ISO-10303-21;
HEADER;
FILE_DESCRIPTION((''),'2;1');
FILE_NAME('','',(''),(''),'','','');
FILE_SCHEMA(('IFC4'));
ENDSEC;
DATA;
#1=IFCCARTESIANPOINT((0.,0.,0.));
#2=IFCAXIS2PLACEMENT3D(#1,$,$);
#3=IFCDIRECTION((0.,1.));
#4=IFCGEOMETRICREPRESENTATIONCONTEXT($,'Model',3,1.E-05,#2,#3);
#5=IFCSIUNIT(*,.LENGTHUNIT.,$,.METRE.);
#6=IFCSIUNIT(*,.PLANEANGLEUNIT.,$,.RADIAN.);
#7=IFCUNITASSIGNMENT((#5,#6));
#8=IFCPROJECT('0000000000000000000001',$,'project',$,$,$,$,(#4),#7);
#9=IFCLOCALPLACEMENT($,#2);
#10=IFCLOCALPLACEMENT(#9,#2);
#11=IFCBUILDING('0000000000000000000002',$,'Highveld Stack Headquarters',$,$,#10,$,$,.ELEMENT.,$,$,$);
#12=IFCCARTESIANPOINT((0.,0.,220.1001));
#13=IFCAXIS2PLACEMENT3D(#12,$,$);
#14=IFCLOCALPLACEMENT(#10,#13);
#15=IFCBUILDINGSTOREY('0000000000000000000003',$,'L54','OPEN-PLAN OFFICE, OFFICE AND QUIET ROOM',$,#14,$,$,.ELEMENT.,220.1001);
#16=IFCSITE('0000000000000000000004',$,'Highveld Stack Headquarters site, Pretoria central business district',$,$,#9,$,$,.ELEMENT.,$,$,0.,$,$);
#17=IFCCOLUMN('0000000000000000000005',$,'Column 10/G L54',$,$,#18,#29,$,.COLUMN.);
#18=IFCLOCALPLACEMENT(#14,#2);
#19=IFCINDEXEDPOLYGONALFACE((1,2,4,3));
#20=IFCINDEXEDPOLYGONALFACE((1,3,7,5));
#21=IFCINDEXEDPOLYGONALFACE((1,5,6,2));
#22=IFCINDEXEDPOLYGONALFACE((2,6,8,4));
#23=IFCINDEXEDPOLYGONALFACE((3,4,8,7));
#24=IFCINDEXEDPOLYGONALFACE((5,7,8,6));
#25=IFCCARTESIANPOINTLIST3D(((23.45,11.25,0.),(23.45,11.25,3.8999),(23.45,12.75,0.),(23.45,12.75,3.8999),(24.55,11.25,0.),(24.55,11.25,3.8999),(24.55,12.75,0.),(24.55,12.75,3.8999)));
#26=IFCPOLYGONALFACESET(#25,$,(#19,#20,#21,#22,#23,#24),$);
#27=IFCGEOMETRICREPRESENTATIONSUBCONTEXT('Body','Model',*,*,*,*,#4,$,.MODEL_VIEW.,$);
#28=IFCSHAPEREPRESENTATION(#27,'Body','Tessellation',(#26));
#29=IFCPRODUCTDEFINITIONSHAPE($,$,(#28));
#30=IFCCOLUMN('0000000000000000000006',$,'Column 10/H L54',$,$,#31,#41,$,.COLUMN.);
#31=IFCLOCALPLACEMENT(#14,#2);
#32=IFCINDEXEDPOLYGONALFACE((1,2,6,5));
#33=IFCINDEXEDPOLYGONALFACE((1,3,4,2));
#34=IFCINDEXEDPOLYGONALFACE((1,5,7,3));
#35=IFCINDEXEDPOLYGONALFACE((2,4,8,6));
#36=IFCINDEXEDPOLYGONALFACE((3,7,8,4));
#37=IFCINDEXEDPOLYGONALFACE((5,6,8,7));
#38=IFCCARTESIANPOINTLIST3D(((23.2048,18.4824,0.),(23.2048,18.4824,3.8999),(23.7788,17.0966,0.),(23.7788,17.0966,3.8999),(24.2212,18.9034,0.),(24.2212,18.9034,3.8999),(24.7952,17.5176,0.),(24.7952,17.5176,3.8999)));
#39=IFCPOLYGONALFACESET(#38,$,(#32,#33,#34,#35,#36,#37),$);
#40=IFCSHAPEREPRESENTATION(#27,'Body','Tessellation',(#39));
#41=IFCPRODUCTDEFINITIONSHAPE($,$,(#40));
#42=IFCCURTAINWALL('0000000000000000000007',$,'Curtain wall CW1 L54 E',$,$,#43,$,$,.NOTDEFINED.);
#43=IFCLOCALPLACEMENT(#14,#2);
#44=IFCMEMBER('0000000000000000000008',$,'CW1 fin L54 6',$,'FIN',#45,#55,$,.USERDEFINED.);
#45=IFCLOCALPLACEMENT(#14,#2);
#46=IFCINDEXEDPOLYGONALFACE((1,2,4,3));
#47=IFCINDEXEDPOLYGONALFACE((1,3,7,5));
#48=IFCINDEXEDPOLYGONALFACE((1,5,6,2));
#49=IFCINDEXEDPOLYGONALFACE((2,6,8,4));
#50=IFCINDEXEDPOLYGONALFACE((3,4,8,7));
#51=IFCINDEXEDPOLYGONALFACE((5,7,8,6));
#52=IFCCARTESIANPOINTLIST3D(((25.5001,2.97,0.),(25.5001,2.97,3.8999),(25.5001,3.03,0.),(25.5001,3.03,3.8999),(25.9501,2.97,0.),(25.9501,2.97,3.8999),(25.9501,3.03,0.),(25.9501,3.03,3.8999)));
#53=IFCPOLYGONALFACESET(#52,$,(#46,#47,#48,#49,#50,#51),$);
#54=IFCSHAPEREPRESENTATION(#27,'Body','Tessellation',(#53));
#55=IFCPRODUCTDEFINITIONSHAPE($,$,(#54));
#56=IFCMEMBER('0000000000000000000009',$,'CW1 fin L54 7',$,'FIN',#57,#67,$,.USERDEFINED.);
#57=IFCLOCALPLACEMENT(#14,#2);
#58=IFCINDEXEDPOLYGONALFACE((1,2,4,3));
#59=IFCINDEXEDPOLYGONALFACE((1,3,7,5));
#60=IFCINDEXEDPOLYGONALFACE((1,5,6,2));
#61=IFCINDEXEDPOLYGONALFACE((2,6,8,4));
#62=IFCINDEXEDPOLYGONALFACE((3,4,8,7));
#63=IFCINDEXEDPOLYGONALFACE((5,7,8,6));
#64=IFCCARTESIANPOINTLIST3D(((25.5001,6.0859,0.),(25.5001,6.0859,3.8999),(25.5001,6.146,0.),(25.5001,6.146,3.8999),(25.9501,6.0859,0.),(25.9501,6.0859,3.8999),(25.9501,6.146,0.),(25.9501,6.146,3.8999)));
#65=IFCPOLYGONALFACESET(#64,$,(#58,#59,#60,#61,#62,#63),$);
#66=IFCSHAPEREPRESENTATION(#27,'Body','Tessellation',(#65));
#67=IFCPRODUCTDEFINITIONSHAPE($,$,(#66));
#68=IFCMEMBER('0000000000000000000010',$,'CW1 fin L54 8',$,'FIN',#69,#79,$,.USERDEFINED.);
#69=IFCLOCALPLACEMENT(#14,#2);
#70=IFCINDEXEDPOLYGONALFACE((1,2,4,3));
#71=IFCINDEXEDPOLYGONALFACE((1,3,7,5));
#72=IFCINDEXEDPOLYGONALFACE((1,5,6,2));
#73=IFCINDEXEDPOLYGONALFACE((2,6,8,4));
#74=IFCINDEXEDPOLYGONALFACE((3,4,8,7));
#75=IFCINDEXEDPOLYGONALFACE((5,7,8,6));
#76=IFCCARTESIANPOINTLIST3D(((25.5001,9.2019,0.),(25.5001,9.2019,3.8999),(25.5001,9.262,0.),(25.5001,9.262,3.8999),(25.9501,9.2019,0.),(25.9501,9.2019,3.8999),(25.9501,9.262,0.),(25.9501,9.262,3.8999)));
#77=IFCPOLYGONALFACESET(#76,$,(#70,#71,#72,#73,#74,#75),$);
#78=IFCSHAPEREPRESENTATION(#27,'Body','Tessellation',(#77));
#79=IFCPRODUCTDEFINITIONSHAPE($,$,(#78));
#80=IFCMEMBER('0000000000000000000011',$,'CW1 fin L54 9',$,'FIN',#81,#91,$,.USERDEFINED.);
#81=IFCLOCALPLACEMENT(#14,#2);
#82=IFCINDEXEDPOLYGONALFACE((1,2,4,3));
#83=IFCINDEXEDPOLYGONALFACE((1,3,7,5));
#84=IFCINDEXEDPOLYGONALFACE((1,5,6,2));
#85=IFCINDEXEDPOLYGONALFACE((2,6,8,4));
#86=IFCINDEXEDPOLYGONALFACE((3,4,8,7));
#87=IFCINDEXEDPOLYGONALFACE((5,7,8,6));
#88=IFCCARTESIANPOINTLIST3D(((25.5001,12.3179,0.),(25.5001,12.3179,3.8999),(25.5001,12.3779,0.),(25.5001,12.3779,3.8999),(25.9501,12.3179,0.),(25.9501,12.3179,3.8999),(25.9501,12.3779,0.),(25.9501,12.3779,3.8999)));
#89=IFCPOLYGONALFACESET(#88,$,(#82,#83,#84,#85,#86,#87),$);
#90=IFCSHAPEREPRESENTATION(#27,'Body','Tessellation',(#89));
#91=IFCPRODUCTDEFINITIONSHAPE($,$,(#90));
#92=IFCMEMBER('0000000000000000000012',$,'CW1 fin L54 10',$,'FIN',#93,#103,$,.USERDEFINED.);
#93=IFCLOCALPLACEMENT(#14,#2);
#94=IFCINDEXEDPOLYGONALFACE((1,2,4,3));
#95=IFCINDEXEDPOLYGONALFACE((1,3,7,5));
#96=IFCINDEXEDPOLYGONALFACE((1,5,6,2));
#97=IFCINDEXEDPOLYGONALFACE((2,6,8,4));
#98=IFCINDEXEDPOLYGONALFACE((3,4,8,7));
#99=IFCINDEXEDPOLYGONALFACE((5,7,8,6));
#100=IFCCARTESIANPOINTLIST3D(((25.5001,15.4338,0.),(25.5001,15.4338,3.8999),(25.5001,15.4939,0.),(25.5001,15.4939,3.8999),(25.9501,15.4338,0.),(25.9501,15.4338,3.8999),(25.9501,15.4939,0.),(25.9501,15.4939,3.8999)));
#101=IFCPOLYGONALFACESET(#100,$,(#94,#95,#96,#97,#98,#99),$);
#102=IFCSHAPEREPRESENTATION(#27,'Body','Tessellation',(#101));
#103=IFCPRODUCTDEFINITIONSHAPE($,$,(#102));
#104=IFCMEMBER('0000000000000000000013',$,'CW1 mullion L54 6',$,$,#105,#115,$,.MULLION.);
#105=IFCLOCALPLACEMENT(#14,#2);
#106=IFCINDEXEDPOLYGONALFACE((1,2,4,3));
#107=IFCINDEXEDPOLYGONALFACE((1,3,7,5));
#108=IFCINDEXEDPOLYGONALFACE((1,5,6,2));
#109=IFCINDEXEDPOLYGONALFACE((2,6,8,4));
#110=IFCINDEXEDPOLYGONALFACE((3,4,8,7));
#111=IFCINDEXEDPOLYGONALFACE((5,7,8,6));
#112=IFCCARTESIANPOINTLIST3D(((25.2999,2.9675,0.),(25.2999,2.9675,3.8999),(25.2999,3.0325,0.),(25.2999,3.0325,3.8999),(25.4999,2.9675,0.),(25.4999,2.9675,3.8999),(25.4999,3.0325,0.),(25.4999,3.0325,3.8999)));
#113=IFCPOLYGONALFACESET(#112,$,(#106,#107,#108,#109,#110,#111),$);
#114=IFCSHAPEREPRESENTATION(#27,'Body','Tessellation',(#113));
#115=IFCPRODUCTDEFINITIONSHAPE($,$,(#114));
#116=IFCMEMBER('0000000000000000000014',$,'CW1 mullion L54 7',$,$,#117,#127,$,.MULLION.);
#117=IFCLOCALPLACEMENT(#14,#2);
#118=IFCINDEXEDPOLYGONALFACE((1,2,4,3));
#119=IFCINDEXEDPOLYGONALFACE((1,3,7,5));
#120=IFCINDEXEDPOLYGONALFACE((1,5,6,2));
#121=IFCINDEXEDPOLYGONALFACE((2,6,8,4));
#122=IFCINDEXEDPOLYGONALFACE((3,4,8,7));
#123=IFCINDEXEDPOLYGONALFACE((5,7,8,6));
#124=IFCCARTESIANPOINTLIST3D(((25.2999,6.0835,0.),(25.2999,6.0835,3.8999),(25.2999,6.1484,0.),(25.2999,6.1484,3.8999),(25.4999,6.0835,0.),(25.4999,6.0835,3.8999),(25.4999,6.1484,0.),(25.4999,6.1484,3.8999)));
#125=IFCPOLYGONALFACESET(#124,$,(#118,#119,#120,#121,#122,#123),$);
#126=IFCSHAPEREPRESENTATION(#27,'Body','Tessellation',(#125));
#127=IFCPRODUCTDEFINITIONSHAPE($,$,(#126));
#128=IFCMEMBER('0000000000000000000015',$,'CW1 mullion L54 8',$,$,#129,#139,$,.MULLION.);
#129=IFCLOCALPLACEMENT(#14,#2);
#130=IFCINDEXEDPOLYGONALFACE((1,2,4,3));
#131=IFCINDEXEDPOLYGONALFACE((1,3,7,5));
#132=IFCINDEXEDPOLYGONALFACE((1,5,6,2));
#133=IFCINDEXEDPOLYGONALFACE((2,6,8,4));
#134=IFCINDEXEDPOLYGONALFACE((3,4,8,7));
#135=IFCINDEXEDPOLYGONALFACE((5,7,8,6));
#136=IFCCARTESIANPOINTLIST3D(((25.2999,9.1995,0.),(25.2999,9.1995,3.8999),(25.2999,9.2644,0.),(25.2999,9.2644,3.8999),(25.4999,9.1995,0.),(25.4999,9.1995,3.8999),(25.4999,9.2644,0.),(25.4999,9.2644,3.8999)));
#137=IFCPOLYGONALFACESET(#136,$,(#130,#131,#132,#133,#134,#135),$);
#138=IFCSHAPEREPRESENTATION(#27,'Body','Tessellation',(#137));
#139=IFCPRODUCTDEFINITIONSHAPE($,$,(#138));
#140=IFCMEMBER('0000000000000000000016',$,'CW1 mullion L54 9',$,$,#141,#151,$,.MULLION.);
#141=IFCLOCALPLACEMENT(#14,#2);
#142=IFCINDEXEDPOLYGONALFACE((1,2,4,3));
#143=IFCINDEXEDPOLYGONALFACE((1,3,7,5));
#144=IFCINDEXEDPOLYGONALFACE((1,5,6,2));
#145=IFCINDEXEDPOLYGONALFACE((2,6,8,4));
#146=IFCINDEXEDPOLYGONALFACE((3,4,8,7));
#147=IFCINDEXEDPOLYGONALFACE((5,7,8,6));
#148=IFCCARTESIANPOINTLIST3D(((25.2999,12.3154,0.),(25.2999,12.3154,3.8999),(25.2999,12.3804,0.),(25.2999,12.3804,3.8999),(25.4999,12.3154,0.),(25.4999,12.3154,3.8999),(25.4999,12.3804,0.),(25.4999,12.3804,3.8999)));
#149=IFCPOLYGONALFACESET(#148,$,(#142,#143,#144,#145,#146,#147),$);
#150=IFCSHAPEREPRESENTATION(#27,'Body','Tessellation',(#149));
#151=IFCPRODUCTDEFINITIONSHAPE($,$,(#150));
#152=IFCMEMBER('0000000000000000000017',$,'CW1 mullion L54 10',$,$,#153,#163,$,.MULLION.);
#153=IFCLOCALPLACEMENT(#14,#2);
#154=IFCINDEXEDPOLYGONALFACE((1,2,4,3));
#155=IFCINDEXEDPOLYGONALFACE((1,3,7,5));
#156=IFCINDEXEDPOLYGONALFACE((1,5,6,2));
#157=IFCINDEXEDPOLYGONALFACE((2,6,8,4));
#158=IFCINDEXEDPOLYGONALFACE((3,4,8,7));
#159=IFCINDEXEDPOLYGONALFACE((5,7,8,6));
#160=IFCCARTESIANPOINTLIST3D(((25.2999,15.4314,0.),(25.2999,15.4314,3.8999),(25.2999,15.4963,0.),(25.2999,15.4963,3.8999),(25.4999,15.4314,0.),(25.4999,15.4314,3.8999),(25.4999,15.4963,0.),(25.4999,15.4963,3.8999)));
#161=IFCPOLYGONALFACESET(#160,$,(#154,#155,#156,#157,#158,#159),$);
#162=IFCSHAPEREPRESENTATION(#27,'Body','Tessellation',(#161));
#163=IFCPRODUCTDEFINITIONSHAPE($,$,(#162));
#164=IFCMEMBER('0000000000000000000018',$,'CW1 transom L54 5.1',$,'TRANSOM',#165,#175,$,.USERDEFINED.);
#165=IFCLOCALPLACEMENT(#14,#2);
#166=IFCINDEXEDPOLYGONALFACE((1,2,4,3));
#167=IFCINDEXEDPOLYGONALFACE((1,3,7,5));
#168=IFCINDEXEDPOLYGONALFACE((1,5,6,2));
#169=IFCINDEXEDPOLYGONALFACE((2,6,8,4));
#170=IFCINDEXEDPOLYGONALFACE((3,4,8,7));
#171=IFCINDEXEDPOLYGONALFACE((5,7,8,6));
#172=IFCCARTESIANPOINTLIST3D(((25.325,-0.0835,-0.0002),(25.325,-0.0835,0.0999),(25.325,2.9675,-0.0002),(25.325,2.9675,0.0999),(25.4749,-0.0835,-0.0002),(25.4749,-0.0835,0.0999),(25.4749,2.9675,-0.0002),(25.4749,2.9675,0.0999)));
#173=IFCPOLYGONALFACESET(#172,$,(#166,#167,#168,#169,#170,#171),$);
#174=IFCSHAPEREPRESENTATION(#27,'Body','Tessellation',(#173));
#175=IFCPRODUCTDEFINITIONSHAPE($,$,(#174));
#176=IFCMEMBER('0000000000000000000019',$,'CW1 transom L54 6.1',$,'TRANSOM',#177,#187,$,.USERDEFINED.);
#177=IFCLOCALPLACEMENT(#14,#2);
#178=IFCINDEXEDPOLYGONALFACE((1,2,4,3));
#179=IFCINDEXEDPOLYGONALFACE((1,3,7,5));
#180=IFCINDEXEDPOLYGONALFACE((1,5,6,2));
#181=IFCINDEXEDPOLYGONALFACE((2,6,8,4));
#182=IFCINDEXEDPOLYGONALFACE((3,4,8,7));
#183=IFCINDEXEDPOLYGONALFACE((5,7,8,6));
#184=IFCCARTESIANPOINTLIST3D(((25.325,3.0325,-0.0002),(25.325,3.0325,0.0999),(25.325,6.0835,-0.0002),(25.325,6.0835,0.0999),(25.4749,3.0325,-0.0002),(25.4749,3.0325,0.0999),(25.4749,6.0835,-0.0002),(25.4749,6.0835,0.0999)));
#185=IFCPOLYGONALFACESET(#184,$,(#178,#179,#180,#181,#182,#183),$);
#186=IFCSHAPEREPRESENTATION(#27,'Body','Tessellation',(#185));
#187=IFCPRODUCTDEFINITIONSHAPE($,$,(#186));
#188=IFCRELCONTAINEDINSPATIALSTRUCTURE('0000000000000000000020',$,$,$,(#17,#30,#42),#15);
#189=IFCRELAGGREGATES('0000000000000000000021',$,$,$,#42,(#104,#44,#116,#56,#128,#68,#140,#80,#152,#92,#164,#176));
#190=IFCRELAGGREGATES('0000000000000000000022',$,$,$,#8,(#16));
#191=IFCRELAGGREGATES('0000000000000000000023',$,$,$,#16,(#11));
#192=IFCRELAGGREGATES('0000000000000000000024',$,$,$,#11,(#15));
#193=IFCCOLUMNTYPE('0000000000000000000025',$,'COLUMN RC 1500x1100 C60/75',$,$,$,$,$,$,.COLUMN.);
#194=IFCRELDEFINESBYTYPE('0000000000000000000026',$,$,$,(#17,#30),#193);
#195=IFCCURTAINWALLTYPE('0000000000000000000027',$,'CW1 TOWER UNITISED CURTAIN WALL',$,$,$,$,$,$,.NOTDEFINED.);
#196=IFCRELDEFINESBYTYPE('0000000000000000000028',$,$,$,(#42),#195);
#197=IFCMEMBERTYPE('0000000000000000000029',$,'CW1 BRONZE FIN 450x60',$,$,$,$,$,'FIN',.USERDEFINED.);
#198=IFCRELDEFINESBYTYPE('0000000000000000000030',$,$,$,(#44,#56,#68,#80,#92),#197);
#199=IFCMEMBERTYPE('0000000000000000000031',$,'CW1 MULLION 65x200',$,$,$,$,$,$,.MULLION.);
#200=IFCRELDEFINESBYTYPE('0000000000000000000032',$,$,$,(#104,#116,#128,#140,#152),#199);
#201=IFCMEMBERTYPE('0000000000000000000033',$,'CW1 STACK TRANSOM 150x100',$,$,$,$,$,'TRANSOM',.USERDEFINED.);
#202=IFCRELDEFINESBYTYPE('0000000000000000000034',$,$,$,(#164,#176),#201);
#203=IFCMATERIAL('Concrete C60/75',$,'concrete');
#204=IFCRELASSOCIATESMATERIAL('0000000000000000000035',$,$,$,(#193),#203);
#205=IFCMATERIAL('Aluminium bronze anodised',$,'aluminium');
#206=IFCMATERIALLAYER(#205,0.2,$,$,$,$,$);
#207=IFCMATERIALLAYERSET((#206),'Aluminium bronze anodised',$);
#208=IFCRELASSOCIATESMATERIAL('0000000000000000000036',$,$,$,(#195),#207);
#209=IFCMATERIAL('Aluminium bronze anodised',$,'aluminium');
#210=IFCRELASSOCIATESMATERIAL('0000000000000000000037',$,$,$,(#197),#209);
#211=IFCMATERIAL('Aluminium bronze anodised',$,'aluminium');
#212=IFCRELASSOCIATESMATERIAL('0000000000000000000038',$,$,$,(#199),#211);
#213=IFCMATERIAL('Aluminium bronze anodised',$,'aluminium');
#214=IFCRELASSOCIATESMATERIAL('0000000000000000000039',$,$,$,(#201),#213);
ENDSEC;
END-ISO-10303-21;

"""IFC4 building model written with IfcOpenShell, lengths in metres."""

from ifc_helpers import new_model, si_unit, direction, frame, origin, origin_2d, place, context, subcontext, project, spatial, rectangle, extrude, material, layer, layer_set, material_profile, profile_set, type_object, element, aggregate, save


model = new_model("IFC4")

# Units and contexts
model_context = context("Model", 3, precision=1e-05, world=origin(), true_north=direction((0.0, 1.0)))
body_context = subcontext(model_context, "Body", "Model", "MODEL_VIEW")
ifc_project = project(units=[si_unit("LENGTHUNIT", "METRE"), si_unit("PLANEANGLEUNIT", "RADIAN")], contexts=[model_context])

# Site, building, storey
site_placement = place(None, origin())
site = spatial("IfcSite", under=ifc_project, at=site_placement, Name="Highveld Stack Headquarters site, Pretoria central business district", CompositionType="ELEMENT", RefElevation=0.0)
building_placement = place(site_placement, origin())
building = spatial("IfcBuilding", under=site, at=building_placement, Name="Highveld Stack Headquarters", CompositionType="ELEMENT")
storey_placement = place(building_placement, frame((0.0, 0.0, 220.1001)))
storey = spatial("IfcBuildingStorey", under=building, at=storey_placement, Name="L54", Description="OPEN-PLAN OFFICE, OFFICE AND QUIET ROOM", CompositionType="ELEMENT", Elevation=220.1001)

# Columns
ifc_material_1 = material(Name="Concrete C60/75", Category="concrete")
ifc_material_profile_1 = material_profile(ifc_material_1, rectangle(XDim=1.5, YDim=1.1001, at=origin_2d()), Name="RC 1500x1100")
ifc_profile_set_1 = profile_set([ifc_material_profile_1], Name="Concrete C60/75")
column_type = type_object("IfcColumnType", Name="COLUMN RC 1500x1100 C60/75", PredefinedType="COLUMN", material=ifc_profile_set_1)
for number, where, z_axis, x_axis, name in (
    (1, (24.0, 12.0, 0.0), (0.0, 0.0, 1.0), (0.0, 1.0, 0.0), "Column 10/G L54"),
    (2, (24.0, 18.0, 0.0), (0.0, 0.0, 1.0), (0.382683, -0.92388, 0.0), "Column 10/H L54"),
):
    element("IfcColumn", number, at=place(storey_placement, frame(where, z_axis=z_axis, x_axis=x_axis)), inside=storey, type_object=column_type, Name=name, PredefinedType="COLUMN", context=body_context, shape_type="SweptSolid", body=[
        extrude(rectangle(XDim=1.5, YDim=1.1001, at=origin_2d()), origin(), (0.0, 0.0, 1.0), 3.8999),
    ])

# Curtain wall, members
ifc_material_2 = material(Name="Aluminium bronze anodised", Category="aluminium")
ifc_layer_1 = layer(ifc_material_2, 0.2)
ifc_layer_set_1 = layer_set([ifc_layer_1], Name="Aluminium bronze anodised")
curtain_wall_type = type_object("IfcCurtainWallType", Name="CW1 TOWER UNITISED CURTAIN WALL", PredefinedType="NOTDEFINED", material=ifc_layer_set_1)
curtain_wall_placement = place(storey_placement, origin())
curtain_wall = element("IfcCurtainWall", 3, at=curtain_wall_placement, inside=storey, type_object=curtain_wall_type, Name="Curtain wall CW1 L54 E", PredefinedType="NOTDEFINED")
ifc_material_3 = material(Name="Aluminium bronze anodised", Category="aluminium")
ifc_material_profile_2 = material_profile(ifc_material_3, rectangle(XDim=0.45, YDim=0.0601, at=origin_2d()), Name="FIN 450x60")
ifc_profile_set_2 = profile_set([ifc_material_profile_2], Name="Aluminium bronze anodised")
member_type_1 = type_object("IfcMemberType", Name="CW1 BRONZE FIN 450x60", ElementType="FIN", PredefinedType="USERDEFINED", material=ifc_profile_set_2)
member_1_placement = place(storey_placement, frame((25.7251, 3.0, 0.0), z_axis=(0.0, 0.0, 1.0), x_axis=(-1.0, 0.0, 0.0)))
member_1 = element("IfcMember", 4, at=member_1_placement, type_object=member_type_1, Name="CW1 fin L54 6", ObjectType="FIN", PredefinedType="USERDEFINED", context=body_context, shape_type="SweptSolid", body=[
    extrude(rectangle(XDim=0.45, YDim=0.0601, at=origin_2d()), origin(), (0.0, 0.0, 1.0), 3.8999),
])
member_2_placement = place(storey_placement, frame((25.7251, 6.116, 0.0), z_axis=(0.0, 0.0, 1.0), x_axis=(-1.0, 0.0, 0.0)))
member_2 = element("IfcMember", 5, at=member_2_placement, type_object=member_type_1, Name="CW1 fin L54 7", ObjectType="FIN", PredefinedType="USERDEFINED", context=body_context, shape_type="SweptSolid", body=[
    extrude(rectangle(XDim=0.45, YDim=0.0601, at=origin_2d()), origin(), (0.0, 0.0, 1.0), 3.8999),
])
member_3_placement = place(storey_placement, frame((25.7251, 9.2319, 0.0), z_axis=(0.0, 0.0, 1.0), x_axis=(-1.0, 0.0, 0.0)))
member_3 = element("IfcMember", 6, at=member_3_placement, type_object=member_type_1, Name="CW1 fin L54 8", ObjectType="FIN", PredefinedType="USERDEFINED", context=body_context, shape_type="SweptSolid", body=[
    extrude(rectangle(XDim=0.45, YDim=0.0601, at=origin_2d()), origin(), (0.0, 0.0, 1.0), 3.8999),
])
member_4_placement = place(storey_placement, frame((25.7251, 12.3479, 0.0), z_axis=(0.0, 0.0, 1.0), x_axis=(-1.0, 0.0, 0.0)))
member_4 = element("IfcMember", 7, at=member_4_placement, type_object=member_type_1, Name="CW1 fin L54 9", ObjectType="FIN", PredefinedType="USERDEFINED", context=body_context, shape_type="SweptSolid", body=[
    extrude(rectangle(XDim=0.45, YDim=0.0601, at=origin_2d()), origin(), (0.0, 0.0, 1.0), 3.8999),
])
member_5_placement = place(storey_placement, frame((25.7251, 15.4639, 0.0), z_axis=(0.0, 0.0, 1.0), x_axis=(-1.0, 0.0, 0.0)))
member_5 = element("IfcMember", 8, at=member_5_placement, type_object=member_type_1, Name="CW1 fin L54 10", ObjectType="FIN", PredefinedType="USERDEFINED", context=body_context, shape_type="SweptSolid", body=[
    extrude(rectangle(XDim=0.45, YDim=0.0601, at=origin_2d()), origin(), (0.0, 0.0, 1.0), 3.8999),
])
ifc_material_4 = material(Name="Aluminium bronze anodised", Category="aluminium")
ifc_material_profile_3 = material_profile(ifc_material_4, rectangle(XDim=0.2, YDim=0.0649, at=origin_2d()), Name="CW1 MULLION 65x200")
ifc_profile_set_3 = profile_set([ifc_material_profile_3], Name="Aluminium bronze anodised")
member_type_2 = type_object("IfcMemberType", Name="CW1 MULLION 65x200", PredefinedType="MULLION", material=ifc_profile_set_3)
member_6_placement = place(storey_placement, frame((25.3999, 3.0, 0.0), z_axis=(0.0, 0.0, 1.0), x_axis=(-1.0, 0.0, 0.0)))
member_6 = element("IfcMember", 9, at=member_6_placement, type_object=member_type_2, Name="CW1 mullion L54 6", PredefinedType="MULLION", context=body_context, shape_type="SweptSolid", body=[
    extrude(rectangle(XDim=0.2, YDim=0.0649, at=origin_2d()), origin(), (0.0, 0.0, 1.0), 3.8999),
])
member_7_placement = place(storey_placement, frame((25.3999, 6.116, 0.0), z_axis=(0.0, 0.0, 1.0), x_axis=(-1.0, 0.0, 0.0)))
member_7 = element("IfcMember", 10, at=member_7_placement, type_object=member_type_2, Name="CW1 mullion L54 7", PredefinedType="MULLION", context=body_context, shape_type="SweptSolid", body=[
    extrude(rectangle(XDim=0.2, YDim=0.0649, at=origin_2d()), origin(), (0.0, 0.0, 1.0), 3.8999),
])
member_8_placement = place(storey_placement, frame((25.3999, 9.2319, 0.0), z_axis=(0.0, 0.0, 1.0), x_axis=(-1.0, 0.0, 0.0)))
member_8 = element("IfcMember", 11, at=member_8_placement, type_object=member_type_2, Name="CW1 mullion L54 8", PredefinedType="MULLION", context=body_context, shape_type="SweptSolid", body=[
    extrude(rectangle(XDim=0.2, YDim=0.0649, at=origin_2d()), origin(), (0.0, 0.0, 1.0), 3.8999),
])
member_9_placement = place(storey_placement, frame((25.3999, 12.3479, 0.0), z_axis=(0.0, 0.0, 1.0), x_axis=(-1.0, 0.0, 0.0)))
member_9 = element("IfcMember", 12, at=member_9_placement, type_object=member_type_2, Name="CW1 mullion L54 9", PredefinedType="MULLION", context=body_context, shape_type="SweptSolid", body=[
    extrude(rectangle(XDim=0.2, YDim=0.0649, at=origin_2d()), origin(), (0.0, 0.0, 1.0), 3.8999),
])
member_10_placement = place(storey_placement, frame((25.3999, 15.4639, 0.0), z_axis=(0.0, 0.0, 1.0), x_axis=(-1.0, 0.0, 0.0)))
member_10 = element("IfcMember", 13, at=member_10_placement, type_object=member_type_2, Name="CW1 mullion L54 10", PredefinedType="MULLION", context=body_context, shape_type="SweptSolid", body=[
    extrude(rectangle(XDim=0.2, YDim=0.0649, at=origin_2d()), origin(), (0.0, 0.0, 1.0), 3.8999),
])
ifc_material_5 = material(Name="Aluminium bronze anodised", Category="aluminium")
ifc_material_profile_4 = material_profile(ifc_material_5, rectangle(XDim=0.1499, YDim=0.1001, at=origin_2d()), Name="CW1 TRANSOM 150x100")
ifc_profile_set_4 = profile_set([ifc_material_profile_4], Name="Aluminium bronze anodised")
member_type_3 = type_object("IfcMemberType", Name="CW1 STACK TRANSOM 150x100", ElementType="TRANSOM", PredefinedType="USERDEFINED", material=ifc_profile_set_4)
member_11_placement = place(storey_placement, frame((25.3999, -0.0835, 0.0498), z_axis=(0.0, 1.0, 0.0), x_axis=(-1.0, 0.0, 0.0)))
member_11 = element("IfcMember", 14, at=member_11_placement, type_object=member_type_3, Name="CW1 transom L54 5.1", ObjectType="TRANSOM", PredefinedType="USERDEFINED", context=body_context, shape_type="SweptSolid", body=[
    extrude(rectangle(XDim=0.1499, YDim=0.1001, at=origin_2d()), origin(), (0.0, 0.0, 1.0), 3.051),
])
member_12_placement = place(storey_placement, frame((25.3999, 3.0325, 0.0498), z_axis=(0.0, 1.0, 0.0), x_axis=(-1.0, 0.0, 0.0)))
member_12 = element("IfcMember", 15, at=member_12_placement, type_object=member_type_3, Name="CW1 transom L54 6.1", ObjectType="TRANSOM", PredefinedType="USERDEFINED", context=body_context, shape_type="SweptSolid", body=[
    extrude(rectangle(XDim=0.1499, YDim=0.1001, at=origin_2d()), origin(), (0.0, 0.0, 1.0), 3.051),
])
aggregate(curtain_wall, [member_6, member_1, member_7, member_2, member_8, member_3, member_9, member_4, member_10, member_5, member_11, member_12])

save(model, "model.ifc")
